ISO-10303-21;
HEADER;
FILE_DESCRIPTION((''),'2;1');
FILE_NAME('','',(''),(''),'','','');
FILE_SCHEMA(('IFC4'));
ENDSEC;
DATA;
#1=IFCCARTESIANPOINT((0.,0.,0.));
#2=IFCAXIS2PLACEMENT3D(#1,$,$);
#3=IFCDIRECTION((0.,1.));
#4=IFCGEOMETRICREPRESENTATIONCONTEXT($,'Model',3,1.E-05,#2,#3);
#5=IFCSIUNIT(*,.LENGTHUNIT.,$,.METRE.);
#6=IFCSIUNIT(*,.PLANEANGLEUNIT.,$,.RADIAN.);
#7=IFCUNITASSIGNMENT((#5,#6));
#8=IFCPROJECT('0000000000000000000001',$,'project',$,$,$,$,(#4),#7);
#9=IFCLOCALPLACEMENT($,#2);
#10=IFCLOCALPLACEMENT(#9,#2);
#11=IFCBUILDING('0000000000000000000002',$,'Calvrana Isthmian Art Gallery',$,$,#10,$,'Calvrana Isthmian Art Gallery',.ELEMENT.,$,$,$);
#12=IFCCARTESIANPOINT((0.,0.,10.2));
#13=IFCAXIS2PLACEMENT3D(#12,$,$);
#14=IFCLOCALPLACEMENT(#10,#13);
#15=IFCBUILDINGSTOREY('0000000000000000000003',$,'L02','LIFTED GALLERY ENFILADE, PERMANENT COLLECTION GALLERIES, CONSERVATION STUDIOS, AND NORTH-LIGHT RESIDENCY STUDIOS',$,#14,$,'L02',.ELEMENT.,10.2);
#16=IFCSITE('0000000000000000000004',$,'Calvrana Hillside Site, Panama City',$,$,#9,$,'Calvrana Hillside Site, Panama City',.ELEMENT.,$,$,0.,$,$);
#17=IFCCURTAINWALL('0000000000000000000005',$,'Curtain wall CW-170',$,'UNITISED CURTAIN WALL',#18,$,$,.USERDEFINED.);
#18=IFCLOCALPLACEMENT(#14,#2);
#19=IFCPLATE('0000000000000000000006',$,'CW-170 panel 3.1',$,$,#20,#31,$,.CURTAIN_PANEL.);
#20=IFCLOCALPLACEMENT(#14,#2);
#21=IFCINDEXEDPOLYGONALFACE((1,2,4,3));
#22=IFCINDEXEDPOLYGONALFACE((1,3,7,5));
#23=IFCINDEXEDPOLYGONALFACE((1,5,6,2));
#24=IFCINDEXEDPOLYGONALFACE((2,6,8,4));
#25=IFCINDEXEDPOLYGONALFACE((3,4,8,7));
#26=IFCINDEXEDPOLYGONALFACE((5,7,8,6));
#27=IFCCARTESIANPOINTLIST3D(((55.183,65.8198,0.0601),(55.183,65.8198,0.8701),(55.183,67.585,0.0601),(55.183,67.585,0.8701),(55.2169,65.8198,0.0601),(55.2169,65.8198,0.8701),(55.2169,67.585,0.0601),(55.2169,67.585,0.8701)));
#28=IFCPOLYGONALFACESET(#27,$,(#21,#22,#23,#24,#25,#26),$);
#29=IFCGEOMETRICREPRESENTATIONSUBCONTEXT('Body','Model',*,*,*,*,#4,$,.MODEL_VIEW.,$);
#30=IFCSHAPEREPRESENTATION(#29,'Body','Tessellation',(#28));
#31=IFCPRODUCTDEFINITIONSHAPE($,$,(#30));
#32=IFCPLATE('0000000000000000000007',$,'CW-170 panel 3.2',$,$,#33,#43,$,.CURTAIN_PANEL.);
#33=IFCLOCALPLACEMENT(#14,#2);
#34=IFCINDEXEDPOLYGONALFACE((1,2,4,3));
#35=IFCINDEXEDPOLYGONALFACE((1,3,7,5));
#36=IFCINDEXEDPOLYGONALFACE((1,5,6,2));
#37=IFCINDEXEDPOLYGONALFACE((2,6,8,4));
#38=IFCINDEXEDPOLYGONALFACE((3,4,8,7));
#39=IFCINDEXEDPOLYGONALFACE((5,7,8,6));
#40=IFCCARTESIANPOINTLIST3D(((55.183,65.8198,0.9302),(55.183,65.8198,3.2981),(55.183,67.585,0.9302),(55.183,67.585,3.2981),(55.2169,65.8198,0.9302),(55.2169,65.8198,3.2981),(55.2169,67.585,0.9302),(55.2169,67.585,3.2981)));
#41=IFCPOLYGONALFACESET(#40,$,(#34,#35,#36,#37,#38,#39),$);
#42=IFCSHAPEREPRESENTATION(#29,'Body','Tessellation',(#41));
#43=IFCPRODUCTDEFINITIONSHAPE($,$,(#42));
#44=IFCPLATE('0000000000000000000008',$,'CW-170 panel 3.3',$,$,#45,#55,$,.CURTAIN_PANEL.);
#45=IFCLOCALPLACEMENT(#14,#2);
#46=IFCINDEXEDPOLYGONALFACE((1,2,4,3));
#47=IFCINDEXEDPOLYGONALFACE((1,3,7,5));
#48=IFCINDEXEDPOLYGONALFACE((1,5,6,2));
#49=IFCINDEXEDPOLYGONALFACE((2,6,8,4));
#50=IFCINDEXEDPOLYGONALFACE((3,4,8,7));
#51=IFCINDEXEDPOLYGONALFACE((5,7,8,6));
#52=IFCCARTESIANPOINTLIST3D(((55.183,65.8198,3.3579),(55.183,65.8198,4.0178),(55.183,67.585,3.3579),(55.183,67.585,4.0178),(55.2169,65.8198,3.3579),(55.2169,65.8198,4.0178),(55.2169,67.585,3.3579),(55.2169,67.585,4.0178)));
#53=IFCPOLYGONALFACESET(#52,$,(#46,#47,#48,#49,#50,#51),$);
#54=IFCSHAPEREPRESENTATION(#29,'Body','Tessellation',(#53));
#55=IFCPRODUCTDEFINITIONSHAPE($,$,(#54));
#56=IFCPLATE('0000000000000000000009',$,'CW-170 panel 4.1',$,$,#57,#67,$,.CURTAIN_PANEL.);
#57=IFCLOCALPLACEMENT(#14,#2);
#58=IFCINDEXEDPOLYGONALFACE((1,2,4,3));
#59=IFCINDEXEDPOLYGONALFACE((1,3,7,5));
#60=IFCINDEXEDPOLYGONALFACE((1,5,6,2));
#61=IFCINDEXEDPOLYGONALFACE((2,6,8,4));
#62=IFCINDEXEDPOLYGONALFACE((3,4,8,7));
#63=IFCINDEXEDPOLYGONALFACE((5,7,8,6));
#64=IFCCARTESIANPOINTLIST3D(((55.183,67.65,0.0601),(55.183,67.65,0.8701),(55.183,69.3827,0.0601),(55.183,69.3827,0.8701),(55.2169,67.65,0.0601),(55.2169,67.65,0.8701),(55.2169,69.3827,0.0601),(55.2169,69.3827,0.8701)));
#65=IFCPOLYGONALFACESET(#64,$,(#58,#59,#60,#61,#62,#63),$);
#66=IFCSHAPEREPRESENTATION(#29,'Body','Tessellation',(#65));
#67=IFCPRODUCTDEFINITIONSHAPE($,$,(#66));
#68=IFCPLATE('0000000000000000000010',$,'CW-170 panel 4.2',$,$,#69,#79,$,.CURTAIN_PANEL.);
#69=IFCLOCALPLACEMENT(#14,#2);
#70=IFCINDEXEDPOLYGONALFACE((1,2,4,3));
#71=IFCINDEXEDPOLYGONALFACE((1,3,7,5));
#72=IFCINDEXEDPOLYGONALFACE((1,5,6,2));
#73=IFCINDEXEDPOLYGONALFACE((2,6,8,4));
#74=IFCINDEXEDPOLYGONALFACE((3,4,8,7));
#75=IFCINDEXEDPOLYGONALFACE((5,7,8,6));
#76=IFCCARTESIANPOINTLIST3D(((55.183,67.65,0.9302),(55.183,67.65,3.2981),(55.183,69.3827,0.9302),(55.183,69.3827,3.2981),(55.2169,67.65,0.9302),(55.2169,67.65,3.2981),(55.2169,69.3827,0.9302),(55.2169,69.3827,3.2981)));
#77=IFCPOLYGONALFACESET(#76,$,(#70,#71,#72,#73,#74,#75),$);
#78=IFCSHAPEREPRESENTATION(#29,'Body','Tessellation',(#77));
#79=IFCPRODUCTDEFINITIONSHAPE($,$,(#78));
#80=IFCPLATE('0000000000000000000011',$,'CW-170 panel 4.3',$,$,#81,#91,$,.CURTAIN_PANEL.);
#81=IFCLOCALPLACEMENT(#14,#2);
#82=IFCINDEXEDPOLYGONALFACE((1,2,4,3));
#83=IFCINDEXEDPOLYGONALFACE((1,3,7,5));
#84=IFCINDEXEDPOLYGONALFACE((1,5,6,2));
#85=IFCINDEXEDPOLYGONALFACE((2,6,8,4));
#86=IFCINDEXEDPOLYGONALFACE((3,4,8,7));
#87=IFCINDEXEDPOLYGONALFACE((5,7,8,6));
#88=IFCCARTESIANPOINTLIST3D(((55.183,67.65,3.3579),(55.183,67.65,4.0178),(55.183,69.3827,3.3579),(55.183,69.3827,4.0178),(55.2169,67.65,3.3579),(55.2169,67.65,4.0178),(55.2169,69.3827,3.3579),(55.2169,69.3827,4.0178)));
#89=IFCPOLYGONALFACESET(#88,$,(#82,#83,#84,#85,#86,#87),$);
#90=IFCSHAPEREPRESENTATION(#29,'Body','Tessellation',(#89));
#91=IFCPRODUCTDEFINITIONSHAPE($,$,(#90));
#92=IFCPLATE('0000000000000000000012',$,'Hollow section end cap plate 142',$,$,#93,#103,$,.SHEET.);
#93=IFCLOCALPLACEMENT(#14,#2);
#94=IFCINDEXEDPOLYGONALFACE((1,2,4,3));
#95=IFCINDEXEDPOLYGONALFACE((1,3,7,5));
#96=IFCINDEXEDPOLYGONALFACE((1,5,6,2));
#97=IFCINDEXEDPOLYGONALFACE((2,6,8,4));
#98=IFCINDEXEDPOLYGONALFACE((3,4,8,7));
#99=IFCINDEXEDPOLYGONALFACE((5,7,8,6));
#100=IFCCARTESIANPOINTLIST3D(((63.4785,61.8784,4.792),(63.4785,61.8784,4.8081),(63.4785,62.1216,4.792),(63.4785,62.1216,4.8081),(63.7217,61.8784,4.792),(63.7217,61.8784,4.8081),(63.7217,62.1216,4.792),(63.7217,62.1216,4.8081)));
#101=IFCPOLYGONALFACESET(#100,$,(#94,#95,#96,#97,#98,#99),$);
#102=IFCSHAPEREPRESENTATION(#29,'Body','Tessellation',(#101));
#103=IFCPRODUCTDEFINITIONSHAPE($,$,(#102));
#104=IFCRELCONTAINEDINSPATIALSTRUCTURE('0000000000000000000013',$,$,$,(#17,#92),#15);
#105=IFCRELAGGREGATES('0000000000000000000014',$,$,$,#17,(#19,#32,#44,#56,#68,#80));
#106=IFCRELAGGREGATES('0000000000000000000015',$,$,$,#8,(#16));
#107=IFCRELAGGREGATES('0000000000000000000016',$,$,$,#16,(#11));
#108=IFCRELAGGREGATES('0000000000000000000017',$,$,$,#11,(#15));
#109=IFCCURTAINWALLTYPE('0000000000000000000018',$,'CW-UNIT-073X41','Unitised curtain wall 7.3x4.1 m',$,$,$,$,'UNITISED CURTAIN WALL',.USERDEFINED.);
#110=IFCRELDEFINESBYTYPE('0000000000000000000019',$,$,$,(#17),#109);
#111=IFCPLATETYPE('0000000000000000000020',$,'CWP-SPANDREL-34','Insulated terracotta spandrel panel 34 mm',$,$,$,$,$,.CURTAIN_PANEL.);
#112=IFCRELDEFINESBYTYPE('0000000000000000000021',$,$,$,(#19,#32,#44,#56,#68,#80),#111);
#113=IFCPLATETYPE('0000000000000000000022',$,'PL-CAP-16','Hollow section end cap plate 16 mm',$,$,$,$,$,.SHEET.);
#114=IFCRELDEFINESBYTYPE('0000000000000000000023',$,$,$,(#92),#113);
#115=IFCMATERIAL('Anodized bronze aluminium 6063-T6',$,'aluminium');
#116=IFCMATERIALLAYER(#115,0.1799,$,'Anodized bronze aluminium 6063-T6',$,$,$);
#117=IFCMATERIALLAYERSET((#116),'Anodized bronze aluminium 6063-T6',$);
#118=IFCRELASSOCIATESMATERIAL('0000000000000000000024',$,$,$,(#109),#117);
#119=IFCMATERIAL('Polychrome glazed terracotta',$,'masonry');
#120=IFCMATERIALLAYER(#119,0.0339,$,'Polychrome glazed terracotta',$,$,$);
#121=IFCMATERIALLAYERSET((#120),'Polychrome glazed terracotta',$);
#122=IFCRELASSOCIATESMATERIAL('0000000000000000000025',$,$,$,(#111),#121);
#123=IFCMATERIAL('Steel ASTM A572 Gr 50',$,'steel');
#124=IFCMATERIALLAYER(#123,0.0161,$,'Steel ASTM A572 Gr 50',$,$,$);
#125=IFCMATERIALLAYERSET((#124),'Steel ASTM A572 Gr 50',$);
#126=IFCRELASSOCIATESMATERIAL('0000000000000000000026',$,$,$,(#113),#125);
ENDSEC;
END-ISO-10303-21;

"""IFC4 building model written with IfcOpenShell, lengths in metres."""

from ifc_helpers import new_model, si_unit, direction, frame, origin, origin_2d, place, context, subcontext, project, spatial, rectangle, extrude, material, layer, layer_set, type_object, element, aggregate, save


model = new_model("IFC4")

# Units and contexts
model_context = context("Model", 3, precision=1e-05, world=origin(), true_north=direction((0.0, 1.0)))
body_context = subcontext(model_context, "Body", "Model", "MODEL_VIEW")
ifc_project = project(units=[si_unit("LENGTHUNIT", "METRE"), si_unit("PLANEANGLEUNIT", "RADIAN")], contexts=[model_context])

# Site, building, storey
site_placement = place(None, origin())
site = spatial("IfcSite", under=ifc_project, at=site_placement, Name="Calvrana Hillside Site, Panama City", LongName="Calvrana Hillside Site, Panama City", CompositionType="ELEMENT", RefElevation=0.0)
building_placement = place(site_placement, origin())
building = spatial("IfcBuilding", under=site, at=building_placement, Name="Calvrana Isthmian Art Gallery", LongName="Calvrana Isthmian Art Gallery", CompositionType="ELEMENT")
storey_placement = place(building_placement, frame((0.0, 0.0, 10.2)))
storey = spatial("IfcBuildingStorey", under=building, at=storey_placement, Name="L02", Description="LIFTED GALLERY ENFILADE, PERMANENT COLLECTION GALLERIES, CONSERVATION STUDIOS, AND NORTH-LIGHT RESIDENCY STUDIOS", LongName="L02", CompositionType="ELEMENT", Elevation=10.2)

# Curtain wall, plates
ifc_material_1 = material(Name="Anodized bronze aluminium 6063-T6", Category="aluminium")
ifc_layer_1 = layer(ifc_material_1, 0.1799, Name="Anodized bronze aluminium 6063-T6")
ifc_layer_set_1 = layer_set([ifc_layer_1], Name="Anodized bronze aluminium 6063-T6")
curtain_wall_type = type_object("IfcCurtainWallType", Name="CW-UNIT-073X41", Description="Unitised curtain wall 7.3x4.1 m", ElementType="UNITISED CURTAIN WALL", PredefinedType="USERDEFINED", material=ifc_layer_set_1)
curtain_wall_placement = place(storey_placement, origin())
curtain_wall = element("IfcCurtainWall", 1, at=curtain_wall_placement, inside=storey, type_object=curtain_wall_type, Name="Curtain wall CW-170", ObjectType="UNITISED CURTAIN WALL", PredefinedType="USERDEFINED")
ifc_material_2 = material(Name="Polychrome glazed terracotta", Category="masonry")
ifc_layer_2 = layer(ifc_material_2, 0.0339, Name="Polychrome glazed terracotta")
ifc_layer_set_2 = layer_set([ifc_layer_2], Name="Polychrome glazed terracotta")
plate_type_1 = type_object("IfcPlateType", Name="CWP-SPANDREL-34", Description="Insulated terracotta spandrel panel 34 mm", PredefinedType="CURTAIN_PANEL", material=ifc_layer_set_2)
plate_1_placement = place(storey_placement, frame((55.2, 66.7024, 0.0601), z_axis=(0.0, 0.0, 1.0), x_axis=(0.0, 1.0, 0.0)))
plate_1 = element("IfcPlate", 2, at=plate_1_placement, type_object=plate_type_1, Name="CW-170 panel 3.1", PredefinedType="CURTAIN_PANEL", context=body_context, shape_type="SweptSolid", body=[
    extrude(rectangle(XDim=1.7651, YDim=0.0339, at=origin_2d()), origin(), (0.0, 0.0, 1.0), 0.8101),
])
plate_2_placement = place(storey_placement, frame((55.2, 66.7024, 0.9302), z_axis=(0.0, 0.0, 1.0), x_axis=(0.0, 1.0, 0.0)))
plate_2 = element("IfcPlate", 3, at=plate_2_placement, type_object=plate_type_1, Name="CW-170 panel 3.2", PredefinedType="CURTAIN_PANEL", context=body_context, shape_type="SweptSolid", body=[
    extrude(rectangle(XDim=1.7651, YDim=0.0339, at=origin_2d()), origin(), (0.0, 0.0, 1.0), 2.3679),
])
plate_3_placement = place(storey_placement, frame((55.2, 66.7024, 3.3579), z_axis=(0.0, 0.0, 1.0), x_axis=(0.0, 1.0, 0.0)))
plate_3 = element("IfcPlate", 4, at=plate_3_placement, type_object=plate_type_1, Name="CW-170 panel 3.3", PredefinedType="CURTAIN_PANEL", context=body_context, shape_type="SweptSolid", body=[
    extrude(rectangle(XDim=1.7651, YDim=0.0339, at=origin_2d()), origin(), (0.0, 0.0, 1.0), 0.6599),
])
plate_4_placement = place(storey_placement, frame((55.2, 68.5164, 0.0601), z_axis=(0.0, 0.0, 1.0), x_axis=(0.0, 1.0, 0.0)))
plate_4 = element("IfcPlate", 5, at=plate_4_placement, type_object=plate_type_1, Name="CW-170 panel 4.1", PredefinedType="CURTAIN_PANEL", context=body_context, shape_type="SweptSolid", body=[
    extrude(rectangle(XDim=1.7327, YDim=0.0339, at=origin_2d()), origin(), (0.0, 0.0, 1.0), 0.8101),
])
plate_5_placement = place(storey_placement, frame((55.2, 68.5164, 0.9302), z_axis=(0.0, 0.0, 1.0), x_axis=(0.0, 1.0, 0.0)))
plate_5 = element("IfcPlate", 6, at=plate_5_placement, type_object=plate_type_1, Name="CW-170 panel 4.2", PredefinedType="CURTAIN_PANEL", context=body_context, shape_type="SweptSolid", body=[
    extrude(rectangle(XDim=1.7327, YDim=0.0339, at=origin_2d()), origin(), (0.0, 0.0, 1.0), 2.3679),
])
plate_6_placement = place(storey_placement, frame((55.2, 68.5164, 3.3579), z_axis=(0.0, 0.0, 1.0), x_axis=(0.0, 1.0, 0.0)))
plate_6 = element("IfcPlate", 7, at=plate_6_placement, type_object=plate_type_1, Name="CW-170 panel 4.3", PredefinedType="CURTAIN_PANEL", context=body_context, shape_type="SweptSolid", body=[
    extrude(rectangle(XDim=1.7327, YDim=0.0339, at=origin_2d()), origin(), (0.0, 0.0, 1.0), 0.6599),
])
aggregate(curtain_wall, [plate_1, plate_2, plate_3, plate_4, plate_5, plate_6])

# Plate
ifc_material_3 = material(Name="Steel ASTM A572 Gr 50", Category="steel")
ifc_layer_3 = layer(ifc_material_3, 0.0161, Name="Steel ASTM A572 Gr 50")
ifc_layer_set_3 = layer_set([ifc_layer_3], Name="Steel ASTM A572 Gr 50")
plate_type_2 = type_object("IfcPlateType", Name="PL-CAP-16", Description="Hollow section end cap plate 16 mm", PredefinedType="SHEET", material=ifc_layer_set_3)
plate_7_placement = place(storey_placement, frame((63.6001, 62.0, 4.792), z_axis=(0.0, 0.0, 1.0), x_axis=(1.0, 0.0, 0.0)))
element("IfcPlate", 8, at=plate_7_placement, inside=storey, type_object=plate_type_2, Name="Hollow section end cap plate 142", PredefinedType="SHEET", context=body_context, shape_type="SweptSolid", body=[
    extrude(rectangle(XDim=0.2432, YDim=0.2432, at=origin_2d()), origin(), (0.0, 0.0, 1.0), 0.0161),
])

save(model, "model.ifc")
